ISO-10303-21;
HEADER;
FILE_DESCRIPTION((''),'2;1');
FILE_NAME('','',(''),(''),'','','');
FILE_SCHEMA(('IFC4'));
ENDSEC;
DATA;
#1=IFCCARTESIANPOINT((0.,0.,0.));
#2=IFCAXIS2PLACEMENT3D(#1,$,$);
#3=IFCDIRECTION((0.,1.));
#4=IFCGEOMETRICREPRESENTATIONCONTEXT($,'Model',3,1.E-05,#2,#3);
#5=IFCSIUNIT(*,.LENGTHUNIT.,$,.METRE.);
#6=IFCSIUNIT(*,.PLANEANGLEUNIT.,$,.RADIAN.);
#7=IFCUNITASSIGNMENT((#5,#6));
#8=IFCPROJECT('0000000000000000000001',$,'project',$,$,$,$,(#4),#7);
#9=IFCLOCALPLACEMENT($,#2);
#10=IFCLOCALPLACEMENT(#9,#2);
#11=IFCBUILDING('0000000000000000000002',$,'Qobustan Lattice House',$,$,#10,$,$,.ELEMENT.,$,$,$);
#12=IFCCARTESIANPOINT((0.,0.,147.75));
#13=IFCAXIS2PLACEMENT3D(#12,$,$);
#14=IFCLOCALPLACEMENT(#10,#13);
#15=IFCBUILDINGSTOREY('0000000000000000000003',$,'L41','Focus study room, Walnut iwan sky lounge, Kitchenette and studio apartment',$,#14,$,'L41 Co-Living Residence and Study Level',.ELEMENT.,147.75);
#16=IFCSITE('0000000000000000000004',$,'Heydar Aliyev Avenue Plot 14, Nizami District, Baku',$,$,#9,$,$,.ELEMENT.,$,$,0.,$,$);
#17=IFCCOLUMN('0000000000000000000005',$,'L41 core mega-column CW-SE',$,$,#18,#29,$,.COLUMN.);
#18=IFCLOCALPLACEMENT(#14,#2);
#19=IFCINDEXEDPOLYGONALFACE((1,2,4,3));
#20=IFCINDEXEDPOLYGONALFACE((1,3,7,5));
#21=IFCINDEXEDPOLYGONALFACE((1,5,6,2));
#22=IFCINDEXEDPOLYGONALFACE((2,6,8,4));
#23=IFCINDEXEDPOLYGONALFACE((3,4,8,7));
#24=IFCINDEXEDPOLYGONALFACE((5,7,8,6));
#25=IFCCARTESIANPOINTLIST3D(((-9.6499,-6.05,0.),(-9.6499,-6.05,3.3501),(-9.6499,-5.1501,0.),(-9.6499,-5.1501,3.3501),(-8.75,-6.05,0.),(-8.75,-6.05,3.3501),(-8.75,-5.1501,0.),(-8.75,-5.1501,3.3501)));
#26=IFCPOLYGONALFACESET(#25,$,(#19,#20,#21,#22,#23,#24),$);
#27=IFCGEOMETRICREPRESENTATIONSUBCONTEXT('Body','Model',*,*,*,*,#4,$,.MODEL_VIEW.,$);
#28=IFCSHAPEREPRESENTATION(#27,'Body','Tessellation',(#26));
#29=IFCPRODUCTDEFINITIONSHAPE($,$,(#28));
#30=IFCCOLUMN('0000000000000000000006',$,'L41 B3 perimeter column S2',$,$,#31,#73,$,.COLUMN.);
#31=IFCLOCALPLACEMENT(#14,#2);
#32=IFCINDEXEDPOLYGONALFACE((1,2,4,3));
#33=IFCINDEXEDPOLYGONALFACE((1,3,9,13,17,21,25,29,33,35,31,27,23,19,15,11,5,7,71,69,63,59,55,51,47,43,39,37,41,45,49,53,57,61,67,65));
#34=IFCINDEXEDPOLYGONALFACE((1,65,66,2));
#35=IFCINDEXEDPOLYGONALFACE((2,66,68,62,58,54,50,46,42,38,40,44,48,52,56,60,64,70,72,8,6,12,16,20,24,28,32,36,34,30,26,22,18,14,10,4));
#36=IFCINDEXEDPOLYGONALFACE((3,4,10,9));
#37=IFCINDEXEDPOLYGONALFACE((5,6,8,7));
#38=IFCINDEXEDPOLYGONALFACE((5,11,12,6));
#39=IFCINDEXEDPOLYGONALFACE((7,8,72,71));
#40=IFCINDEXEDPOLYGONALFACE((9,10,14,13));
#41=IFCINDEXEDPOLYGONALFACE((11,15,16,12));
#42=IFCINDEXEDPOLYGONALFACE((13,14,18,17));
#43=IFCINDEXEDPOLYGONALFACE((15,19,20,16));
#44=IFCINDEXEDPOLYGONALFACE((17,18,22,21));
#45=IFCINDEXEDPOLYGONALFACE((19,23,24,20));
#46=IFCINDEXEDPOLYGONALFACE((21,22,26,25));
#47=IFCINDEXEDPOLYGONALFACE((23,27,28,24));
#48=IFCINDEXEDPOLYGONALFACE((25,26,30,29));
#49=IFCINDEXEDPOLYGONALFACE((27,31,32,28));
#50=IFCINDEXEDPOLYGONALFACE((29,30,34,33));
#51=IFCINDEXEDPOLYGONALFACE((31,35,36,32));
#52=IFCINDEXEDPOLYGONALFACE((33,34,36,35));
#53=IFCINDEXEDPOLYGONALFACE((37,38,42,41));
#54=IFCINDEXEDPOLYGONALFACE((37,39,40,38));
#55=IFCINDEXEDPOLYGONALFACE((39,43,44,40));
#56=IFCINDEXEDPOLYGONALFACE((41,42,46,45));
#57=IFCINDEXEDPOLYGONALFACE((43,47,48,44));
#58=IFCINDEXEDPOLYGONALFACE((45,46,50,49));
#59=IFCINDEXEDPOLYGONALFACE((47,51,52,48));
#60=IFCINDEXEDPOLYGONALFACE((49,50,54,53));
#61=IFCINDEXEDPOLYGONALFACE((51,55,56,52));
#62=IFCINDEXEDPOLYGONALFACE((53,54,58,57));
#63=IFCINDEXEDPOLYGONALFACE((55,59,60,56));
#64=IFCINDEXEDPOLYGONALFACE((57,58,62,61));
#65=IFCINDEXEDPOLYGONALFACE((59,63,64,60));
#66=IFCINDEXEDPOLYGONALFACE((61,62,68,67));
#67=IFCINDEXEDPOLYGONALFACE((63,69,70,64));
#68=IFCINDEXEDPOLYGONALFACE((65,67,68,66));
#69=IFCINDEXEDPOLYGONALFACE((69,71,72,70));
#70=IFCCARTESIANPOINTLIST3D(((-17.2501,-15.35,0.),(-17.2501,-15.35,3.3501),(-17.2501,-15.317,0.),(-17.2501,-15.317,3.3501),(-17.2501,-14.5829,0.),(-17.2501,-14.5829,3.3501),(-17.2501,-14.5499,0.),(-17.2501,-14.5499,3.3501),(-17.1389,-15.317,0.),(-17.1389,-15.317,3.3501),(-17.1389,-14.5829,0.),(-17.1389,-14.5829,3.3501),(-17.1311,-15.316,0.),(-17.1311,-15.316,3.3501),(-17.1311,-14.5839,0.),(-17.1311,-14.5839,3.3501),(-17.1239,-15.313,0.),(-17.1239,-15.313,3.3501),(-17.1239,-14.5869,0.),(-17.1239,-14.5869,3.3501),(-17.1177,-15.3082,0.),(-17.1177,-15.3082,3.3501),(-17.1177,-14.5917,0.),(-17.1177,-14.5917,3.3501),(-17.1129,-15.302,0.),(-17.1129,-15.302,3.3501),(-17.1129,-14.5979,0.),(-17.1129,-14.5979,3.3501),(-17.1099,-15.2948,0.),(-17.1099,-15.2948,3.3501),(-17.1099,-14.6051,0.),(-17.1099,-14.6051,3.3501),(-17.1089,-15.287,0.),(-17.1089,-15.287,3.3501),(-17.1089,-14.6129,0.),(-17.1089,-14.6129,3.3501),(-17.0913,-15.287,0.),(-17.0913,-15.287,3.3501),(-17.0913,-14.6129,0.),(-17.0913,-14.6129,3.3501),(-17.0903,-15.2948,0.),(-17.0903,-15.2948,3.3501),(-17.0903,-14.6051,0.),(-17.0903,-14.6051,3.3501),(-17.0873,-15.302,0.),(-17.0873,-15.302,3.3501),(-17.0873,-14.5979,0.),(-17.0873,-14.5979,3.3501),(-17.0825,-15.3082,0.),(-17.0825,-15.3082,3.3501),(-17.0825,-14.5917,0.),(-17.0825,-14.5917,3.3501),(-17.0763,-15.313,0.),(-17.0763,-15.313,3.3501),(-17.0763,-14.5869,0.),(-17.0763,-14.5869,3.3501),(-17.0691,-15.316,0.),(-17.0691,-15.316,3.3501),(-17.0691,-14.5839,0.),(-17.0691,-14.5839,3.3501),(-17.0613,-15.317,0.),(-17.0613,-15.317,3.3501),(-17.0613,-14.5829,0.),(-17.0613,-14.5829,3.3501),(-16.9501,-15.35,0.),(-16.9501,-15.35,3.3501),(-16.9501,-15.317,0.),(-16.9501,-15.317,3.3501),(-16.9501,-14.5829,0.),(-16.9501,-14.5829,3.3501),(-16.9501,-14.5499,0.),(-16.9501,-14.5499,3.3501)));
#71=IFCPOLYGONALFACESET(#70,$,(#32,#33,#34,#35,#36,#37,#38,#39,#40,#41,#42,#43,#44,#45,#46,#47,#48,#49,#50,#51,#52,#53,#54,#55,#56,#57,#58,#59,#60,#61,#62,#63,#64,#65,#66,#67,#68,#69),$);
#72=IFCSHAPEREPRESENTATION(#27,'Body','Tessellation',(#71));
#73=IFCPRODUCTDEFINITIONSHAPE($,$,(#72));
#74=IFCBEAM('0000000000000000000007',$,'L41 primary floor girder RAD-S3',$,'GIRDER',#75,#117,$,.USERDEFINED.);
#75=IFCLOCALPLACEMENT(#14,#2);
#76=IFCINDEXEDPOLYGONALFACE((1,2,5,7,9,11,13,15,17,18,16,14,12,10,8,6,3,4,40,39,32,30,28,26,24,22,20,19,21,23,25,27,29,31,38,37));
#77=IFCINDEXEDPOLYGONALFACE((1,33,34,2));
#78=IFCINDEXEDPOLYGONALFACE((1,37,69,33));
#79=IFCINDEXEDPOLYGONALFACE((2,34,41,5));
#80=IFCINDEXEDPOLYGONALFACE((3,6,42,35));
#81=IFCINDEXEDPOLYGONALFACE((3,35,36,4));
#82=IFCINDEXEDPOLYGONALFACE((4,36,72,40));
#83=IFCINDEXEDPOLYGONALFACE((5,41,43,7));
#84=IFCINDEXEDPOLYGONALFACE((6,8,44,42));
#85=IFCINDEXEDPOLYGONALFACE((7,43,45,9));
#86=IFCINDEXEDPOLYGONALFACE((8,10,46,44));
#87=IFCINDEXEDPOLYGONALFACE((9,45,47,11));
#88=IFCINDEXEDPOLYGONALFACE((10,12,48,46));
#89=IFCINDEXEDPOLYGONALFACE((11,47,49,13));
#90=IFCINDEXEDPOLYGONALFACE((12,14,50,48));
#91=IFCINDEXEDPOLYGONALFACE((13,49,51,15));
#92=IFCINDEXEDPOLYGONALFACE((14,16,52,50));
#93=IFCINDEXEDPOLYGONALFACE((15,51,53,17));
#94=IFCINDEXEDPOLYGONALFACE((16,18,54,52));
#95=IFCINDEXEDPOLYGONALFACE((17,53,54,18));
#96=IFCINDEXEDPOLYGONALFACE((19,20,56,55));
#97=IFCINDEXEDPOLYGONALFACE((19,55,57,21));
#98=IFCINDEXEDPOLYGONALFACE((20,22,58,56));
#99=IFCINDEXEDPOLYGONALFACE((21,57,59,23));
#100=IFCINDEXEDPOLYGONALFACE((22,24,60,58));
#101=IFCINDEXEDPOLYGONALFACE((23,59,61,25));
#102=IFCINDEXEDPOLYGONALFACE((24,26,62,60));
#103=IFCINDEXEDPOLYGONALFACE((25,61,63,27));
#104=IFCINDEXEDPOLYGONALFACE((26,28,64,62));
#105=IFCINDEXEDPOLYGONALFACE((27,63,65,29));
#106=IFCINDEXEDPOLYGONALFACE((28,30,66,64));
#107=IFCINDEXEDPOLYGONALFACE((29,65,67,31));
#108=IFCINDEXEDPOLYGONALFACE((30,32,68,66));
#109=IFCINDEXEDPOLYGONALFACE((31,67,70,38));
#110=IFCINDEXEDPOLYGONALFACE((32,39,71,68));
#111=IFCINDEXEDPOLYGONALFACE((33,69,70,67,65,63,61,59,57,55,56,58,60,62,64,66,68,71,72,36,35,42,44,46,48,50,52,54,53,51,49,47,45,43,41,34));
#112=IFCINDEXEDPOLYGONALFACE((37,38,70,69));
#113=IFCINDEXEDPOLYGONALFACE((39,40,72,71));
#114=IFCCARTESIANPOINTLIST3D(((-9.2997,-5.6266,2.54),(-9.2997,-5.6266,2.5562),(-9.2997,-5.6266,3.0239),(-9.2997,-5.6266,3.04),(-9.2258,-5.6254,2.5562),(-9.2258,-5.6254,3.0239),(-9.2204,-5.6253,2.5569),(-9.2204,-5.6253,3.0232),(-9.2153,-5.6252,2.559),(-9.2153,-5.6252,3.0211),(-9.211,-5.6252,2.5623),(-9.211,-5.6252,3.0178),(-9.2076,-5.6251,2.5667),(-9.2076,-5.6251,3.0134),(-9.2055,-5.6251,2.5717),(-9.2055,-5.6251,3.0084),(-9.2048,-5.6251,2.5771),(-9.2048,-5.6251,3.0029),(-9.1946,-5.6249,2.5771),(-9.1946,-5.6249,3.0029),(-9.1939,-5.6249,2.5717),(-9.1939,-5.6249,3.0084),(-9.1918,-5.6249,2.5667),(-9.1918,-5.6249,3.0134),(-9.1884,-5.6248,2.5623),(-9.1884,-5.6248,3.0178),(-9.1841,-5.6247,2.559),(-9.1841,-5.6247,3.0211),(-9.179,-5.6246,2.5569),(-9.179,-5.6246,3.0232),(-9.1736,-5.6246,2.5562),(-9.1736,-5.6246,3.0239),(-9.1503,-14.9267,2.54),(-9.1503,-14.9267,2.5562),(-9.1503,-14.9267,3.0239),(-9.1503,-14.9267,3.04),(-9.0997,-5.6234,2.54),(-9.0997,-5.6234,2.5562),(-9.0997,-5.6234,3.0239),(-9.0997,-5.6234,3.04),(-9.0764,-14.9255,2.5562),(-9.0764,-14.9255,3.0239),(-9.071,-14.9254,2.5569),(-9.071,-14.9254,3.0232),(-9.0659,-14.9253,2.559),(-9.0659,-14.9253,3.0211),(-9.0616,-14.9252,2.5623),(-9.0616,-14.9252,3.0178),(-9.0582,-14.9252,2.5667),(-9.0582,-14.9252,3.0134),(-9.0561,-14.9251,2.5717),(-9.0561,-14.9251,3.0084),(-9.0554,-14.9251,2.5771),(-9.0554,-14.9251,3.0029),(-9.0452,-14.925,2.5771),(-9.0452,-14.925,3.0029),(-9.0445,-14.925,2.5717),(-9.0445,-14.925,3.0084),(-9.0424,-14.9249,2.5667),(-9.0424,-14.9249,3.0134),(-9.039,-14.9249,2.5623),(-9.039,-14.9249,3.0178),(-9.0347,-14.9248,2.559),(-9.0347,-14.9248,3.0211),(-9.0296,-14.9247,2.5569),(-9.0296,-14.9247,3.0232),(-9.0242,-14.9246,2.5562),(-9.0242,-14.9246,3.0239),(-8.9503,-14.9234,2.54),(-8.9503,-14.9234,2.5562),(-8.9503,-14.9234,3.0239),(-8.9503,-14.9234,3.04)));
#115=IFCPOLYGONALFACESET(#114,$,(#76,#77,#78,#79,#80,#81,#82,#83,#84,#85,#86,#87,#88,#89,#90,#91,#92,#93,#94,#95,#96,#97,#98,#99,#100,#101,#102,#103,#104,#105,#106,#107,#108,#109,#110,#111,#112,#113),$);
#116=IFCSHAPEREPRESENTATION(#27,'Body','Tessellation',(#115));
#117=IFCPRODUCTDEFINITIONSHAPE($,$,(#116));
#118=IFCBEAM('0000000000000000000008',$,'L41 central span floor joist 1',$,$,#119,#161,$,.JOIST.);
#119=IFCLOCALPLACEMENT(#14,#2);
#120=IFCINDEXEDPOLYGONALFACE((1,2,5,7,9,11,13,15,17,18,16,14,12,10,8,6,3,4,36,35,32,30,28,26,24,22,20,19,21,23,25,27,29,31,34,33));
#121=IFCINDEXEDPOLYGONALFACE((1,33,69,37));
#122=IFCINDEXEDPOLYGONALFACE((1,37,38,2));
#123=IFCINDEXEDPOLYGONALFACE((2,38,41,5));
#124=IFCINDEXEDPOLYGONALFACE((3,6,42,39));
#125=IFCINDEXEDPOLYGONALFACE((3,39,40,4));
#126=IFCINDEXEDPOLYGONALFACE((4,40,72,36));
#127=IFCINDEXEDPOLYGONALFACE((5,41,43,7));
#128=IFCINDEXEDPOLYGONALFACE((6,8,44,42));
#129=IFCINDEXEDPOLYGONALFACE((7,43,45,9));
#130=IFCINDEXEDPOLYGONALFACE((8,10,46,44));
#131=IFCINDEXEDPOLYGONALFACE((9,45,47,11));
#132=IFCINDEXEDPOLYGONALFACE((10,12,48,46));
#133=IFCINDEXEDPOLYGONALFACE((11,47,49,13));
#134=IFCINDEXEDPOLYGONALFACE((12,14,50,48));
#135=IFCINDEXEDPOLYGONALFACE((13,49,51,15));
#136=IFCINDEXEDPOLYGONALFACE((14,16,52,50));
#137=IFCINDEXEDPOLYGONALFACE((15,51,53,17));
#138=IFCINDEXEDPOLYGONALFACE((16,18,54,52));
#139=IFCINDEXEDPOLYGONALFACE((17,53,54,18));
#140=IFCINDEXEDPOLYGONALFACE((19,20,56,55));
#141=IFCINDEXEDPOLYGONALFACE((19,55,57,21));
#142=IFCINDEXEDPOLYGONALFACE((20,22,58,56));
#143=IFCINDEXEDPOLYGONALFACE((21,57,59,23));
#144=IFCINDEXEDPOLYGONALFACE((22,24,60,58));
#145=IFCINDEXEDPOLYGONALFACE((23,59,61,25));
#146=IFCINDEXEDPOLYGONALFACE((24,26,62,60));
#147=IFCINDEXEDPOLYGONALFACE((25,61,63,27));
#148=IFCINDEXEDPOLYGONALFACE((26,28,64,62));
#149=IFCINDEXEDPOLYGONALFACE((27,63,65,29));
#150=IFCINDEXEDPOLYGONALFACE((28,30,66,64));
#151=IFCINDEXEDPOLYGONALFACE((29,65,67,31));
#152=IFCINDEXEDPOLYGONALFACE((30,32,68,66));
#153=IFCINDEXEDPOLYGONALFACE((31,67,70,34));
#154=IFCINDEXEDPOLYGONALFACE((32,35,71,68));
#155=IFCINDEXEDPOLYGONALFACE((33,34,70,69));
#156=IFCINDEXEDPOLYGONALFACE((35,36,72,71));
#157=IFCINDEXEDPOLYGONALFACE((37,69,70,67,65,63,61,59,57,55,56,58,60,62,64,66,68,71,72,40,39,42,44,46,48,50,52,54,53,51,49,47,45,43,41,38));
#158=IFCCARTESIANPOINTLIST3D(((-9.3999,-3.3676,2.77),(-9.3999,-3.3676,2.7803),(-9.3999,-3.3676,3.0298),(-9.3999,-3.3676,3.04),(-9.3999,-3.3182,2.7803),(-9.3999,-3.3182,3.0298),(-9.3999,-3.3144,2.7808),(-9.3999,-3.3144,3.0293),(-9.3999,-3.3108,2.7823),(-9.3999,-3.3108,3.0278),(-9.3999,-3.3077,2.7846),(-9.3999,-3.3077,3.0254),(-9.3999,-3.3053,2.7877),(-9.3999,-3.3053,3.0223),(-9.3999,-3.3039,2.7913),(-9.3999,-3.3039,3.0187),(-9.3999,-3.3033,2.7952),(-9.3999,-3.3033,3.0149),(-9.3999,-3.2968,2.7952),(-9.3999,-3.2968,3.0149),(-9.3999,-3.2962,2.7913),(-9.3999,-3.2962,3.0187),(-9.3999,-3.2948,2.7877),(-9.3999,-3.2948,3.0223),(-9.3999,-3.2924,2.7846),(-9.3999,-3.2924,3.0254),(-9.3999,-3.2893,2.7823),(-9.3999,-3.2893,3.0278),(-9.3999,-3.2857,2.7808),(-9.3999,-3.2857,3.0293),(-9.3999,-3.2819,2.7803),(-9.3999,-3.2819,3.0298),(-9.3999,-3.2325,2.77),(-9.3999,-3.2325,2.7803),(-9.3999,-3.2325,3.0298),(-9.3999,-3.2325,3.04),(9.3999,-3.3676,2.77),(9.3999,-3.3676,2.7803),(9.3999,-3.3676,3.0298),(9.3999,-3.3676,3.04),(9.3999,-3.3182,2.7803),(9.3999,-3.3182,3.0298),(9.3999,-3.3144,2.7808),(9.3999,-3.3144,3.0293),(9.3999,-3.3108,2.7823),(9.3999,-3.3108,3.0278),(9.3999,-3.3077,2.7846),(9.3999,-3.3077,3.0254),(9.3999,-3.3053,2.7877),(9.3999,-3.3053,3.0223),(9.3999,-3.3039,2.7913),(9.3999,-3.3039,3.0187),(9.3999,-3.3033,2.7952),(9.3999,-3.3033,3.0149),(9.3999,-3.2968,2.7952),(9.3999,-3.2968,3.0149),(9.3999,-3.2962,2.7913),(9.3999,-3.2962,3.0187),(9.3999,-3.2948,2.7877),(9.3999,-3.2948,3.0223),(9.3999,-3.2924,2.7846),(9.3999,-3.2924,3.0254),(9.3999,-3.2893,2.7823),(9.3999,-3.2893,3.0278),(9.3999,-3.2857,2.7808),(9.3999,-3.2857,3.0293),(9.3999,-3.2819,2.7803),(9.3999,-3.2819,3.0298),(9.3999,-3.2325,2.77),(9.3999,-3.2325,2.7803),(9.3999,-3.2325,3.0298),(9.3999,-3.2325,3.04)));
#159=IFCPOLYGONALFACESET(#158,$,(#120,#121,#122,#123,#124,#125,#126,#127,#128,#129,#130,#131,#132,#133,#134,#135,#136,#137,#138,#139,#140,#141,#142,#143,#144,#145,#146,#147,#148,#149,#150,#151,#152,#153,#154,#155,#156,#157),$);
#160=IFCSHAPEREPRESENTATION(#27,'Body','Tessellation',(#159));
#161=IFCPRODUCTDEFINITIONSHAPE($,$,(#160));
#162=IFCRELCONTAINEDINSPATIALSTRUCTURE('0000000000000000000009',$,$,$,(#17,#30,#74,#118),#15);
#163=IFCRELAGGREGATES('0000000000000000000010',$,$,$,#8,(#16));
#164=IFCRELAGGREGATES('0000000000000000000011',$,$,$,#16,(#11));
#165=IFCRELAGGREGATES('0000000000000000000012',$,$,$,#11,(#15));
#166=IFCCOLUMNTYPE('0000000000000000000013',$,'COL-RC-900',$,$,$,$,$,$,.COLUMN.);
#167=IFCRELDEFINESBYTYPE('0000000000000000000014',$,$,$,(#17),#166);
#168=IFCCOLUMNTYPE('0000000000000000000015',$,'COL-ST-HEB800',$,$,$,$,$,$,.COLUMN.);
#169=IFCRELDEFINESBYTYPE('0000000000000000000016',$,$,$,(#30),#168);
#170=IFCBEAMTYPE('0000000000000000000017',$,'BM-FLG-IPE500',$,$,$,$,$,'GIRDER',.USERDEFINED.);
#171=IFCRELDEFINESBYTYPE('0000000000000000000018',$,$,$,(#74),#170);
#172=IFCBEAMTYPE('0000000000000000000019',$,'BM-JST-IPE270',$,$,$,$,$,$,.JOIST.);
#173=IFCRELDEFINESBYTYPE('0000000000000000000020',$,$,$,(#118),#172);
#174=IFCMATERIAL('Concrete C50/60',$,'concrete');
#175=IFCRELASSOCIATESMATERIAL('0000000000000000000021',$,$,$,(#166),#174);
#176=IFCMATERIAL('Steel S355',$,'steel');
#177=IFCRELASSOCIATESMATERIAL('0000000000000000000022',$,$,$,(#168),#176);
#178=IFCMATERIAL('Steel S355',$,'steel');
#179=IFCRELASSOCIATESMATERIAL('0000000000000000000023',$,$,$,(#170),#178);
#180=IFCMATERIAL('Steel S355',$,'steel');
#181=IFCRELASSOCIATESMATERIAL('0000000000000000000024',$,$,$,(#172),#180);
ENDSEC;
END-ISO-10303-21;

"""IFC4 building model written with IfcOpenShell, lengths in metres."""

from ifc_helpers import new_model, si_unit, direction, frame, origin, origin_2d, place, context, subcontext, project, spatial, rectangle, i_section, extrude, material, material_profile, profile_set, type_object, element, save


model = new_model("IFC4")

# Units and contexts
model_context = context("Model", 3, precision=1e-05, world=origin(), true_north=direction((0.0, 1.0)))
body_context = subcontext(model_context, "Body", "Model", "MODEL_VIEW")
ifc_project = project(units=[si_unit("LENGTHUNIT", "METRE"), si_unit("PLANEANGLEUNIT", "RADIAN")], contexts=[model_context])

# Site, building, storey
site_placement = place(None, origin())
site = spatial("IfcSite", under=ifc_project, at=site_placement, Name="Heydar Aliyev Avenue Plot 14, Nizami District, Baku", CompositionType="ELEMENT", RefElevation=0.0)
building_placement = place(site_placement, origin())
building = spatial("IfcBuilding", under=site, at=building_placement, Name="Qobustan Lattice House", CompositionType="ELEMENT")
storey_placement = place(building_placement, frame((0.0, 0.0, 147.75)))
storey = spatial("IfcBuildingStorey", under=building, at=storey_placement, Name="L41", Description="Focus study room, Walnut iwan sky lounge, Kitchenette and studio apartment", LongName="L41 Co-Living Residence and Study Level", CompositionType="ELEMENT", Elevation=147.75)

# Columns
ifc_material_1 = material(Name="Concrete C50/60", Category="concrete")
ifc_material_profile_1 = material_profile(ifc_material_1, rectangle(XDim=0.8999, YDim=0.8999, at=origin_2d()), Name="RC900x900")
ifc_profile_set_1 = profile_set([ifc_material_profile_1], Name="Concrete C50/60")
column_type_1 = type_object("IfcColumnType", Name="COL-RC-900", PredefinedType="COLUMN", material=ifc_profile_set_1)
column_1_placement = place(storey_placement, frame((-9.2, -5.6001, 0.0), z_axis=(0.0, 0.0, 1.0), x_axis=(1.0, 0.0, 0.0)))
element("IfcColumn", 1, at=column_1_placement, inside=storey, type_object=column_type_1, Name="L41 core mega-column CW-SE", PredefinedType="COLUMN", context=body_context, shape_type="SweptSolid", body=[
    extrude(rectangle(XDim=0.8999, YDim=0.8999, at=origin_2d()), origin(), (0.0, 0.0, 1.0), 3.3501),
])
ifc_material_2 = material(Name="Steel S355", Category="steel")
ifc_material_profile_2 = material_profile(ifc_material_2, i_section(OverallWidth=0.3, OverallDepth=0.8, WebThickness=0.0176, FlangeThickness=0.033, FilletRadius=0.03, at=origin_2d()), Name="HEB800")
ifc_profile_set_2 = profile_set([ifc_material_profile_2], Name="Steel S355")
column_type_2 = type_object("IfcColumnType", Name="COL-ST-HEB800", PredefinedType="COLUMN", material=ifc_profile_set_2)
column_2_placement = place(storey_placement, frame((-17.1001, -14.95, 0.0), z_axis=(0.0, 0.0, 1.0), x_axis=(1.0, 0.0, 0.0)))
element("IfcColumn", 2, at=column_2_placement, inside=storey, type_object=column_type_2, Name="L41 B3 perimeter column S2", PredefinedType="COLUMN", context=body_context, shape_type="SweptSolid", body=[
    extrude(i_section(OverallWidth=0.3, OverallDepth=0.8, WebThickness=0.0176, FlangeThickness=0.033, FilletRadius=0.03, at=origin_2d()), origin(), (0.0, 0.0, 1.0), 3.3501),
])

# Beams
ifc_material_3 = material(Name="Steel S355", Category="steel")
ifc_material_profile_3 = material_profile(ifc_material_3, i_section(OverallWidth=0.2, OverallDepth=0.5, WebThickness=0.0103, FlangeThickness=0.0161, FilletRadius=0.021, at=origin_2d()), Name="IPE500")
ifc_profile_set_3 = profile_set([ifc_material_profile_3], Name="Steel S355")
beam_type_1 = type_object("IfcBeamType", Name="BM-FLG-IPE500", ElementType="GIRDER", PredefinedType="USERDEFINED", material=ifc_profile_set_3)
beam_1_placement = place(storey_placement, frame((-9.0503, -14.925, 2.79), z_axis=(-0.016064, 0.999871, 0.0), x_axis=(-0.999871, -0.016064, 0.0)))
element("IfcBeam", 3, at=beam_1_placement, inside=storey, type_object=beam_type_1, Name="L41 primary floor girder RAD-S3", ObjectType="GIRDER", PredefinedType="USERDEFINED", context=body_context, shape_type="SweptSolid", body=[
    extrude(i_section(OverallWidth=0.2, OverallDepth=0.5, WebThickness=0.0103, FlangeThickness=0.0161, FilletRadius=0.021, at=origin_2d()), origin(), (0.0, 0.0, 1.0), 9.3013),
])
ifc_material_4 = material(Name="Steel S355", Category="steel")
ifc_material_profile_4 = material_profile(ifc_material_4, i_section(OverallWidth=0.135, OverallDepth=0.27, WebThickness=0.0066, FlangeThickness=0.0103, FilletRadius=0.0149, at=origin_2d()), Name="IPE270")
ifc_profile_set_4 = profile_set([ifc_material_profile_4], Name="Steel S355")
beam_type_2 = type_object("IfcBeamType", Name="BM-JST-IPE270", PredefinedType="JOIST", material=ifc_profile_set_4)
beam_2_placement = place(storey_placement, frame((-9.3999, -3.3, 2.905), z_axis=(1.0, 0.0, 0.0), x_axis=(0.0, 1.0, 0.0)))
element("IfcBeam", 4, at=beam_2_placement, inside=storey, type_object=beam_type_2, Name="L41 central span floor joist 1", PredefinedType="JOIST", context=body_context, shape_type="SweptSolid", body=[
    extrude(i_section(OverallWidth=0.135, OverallDepth=0.27, WebThickness=0.0066, FlangeThickness=0.0103, FilletRadius=0.0149, at=origin_2d()), origin(), (0.0, 0.0, 1.0), 18.7998),
])

save(model, "model.ifc")
